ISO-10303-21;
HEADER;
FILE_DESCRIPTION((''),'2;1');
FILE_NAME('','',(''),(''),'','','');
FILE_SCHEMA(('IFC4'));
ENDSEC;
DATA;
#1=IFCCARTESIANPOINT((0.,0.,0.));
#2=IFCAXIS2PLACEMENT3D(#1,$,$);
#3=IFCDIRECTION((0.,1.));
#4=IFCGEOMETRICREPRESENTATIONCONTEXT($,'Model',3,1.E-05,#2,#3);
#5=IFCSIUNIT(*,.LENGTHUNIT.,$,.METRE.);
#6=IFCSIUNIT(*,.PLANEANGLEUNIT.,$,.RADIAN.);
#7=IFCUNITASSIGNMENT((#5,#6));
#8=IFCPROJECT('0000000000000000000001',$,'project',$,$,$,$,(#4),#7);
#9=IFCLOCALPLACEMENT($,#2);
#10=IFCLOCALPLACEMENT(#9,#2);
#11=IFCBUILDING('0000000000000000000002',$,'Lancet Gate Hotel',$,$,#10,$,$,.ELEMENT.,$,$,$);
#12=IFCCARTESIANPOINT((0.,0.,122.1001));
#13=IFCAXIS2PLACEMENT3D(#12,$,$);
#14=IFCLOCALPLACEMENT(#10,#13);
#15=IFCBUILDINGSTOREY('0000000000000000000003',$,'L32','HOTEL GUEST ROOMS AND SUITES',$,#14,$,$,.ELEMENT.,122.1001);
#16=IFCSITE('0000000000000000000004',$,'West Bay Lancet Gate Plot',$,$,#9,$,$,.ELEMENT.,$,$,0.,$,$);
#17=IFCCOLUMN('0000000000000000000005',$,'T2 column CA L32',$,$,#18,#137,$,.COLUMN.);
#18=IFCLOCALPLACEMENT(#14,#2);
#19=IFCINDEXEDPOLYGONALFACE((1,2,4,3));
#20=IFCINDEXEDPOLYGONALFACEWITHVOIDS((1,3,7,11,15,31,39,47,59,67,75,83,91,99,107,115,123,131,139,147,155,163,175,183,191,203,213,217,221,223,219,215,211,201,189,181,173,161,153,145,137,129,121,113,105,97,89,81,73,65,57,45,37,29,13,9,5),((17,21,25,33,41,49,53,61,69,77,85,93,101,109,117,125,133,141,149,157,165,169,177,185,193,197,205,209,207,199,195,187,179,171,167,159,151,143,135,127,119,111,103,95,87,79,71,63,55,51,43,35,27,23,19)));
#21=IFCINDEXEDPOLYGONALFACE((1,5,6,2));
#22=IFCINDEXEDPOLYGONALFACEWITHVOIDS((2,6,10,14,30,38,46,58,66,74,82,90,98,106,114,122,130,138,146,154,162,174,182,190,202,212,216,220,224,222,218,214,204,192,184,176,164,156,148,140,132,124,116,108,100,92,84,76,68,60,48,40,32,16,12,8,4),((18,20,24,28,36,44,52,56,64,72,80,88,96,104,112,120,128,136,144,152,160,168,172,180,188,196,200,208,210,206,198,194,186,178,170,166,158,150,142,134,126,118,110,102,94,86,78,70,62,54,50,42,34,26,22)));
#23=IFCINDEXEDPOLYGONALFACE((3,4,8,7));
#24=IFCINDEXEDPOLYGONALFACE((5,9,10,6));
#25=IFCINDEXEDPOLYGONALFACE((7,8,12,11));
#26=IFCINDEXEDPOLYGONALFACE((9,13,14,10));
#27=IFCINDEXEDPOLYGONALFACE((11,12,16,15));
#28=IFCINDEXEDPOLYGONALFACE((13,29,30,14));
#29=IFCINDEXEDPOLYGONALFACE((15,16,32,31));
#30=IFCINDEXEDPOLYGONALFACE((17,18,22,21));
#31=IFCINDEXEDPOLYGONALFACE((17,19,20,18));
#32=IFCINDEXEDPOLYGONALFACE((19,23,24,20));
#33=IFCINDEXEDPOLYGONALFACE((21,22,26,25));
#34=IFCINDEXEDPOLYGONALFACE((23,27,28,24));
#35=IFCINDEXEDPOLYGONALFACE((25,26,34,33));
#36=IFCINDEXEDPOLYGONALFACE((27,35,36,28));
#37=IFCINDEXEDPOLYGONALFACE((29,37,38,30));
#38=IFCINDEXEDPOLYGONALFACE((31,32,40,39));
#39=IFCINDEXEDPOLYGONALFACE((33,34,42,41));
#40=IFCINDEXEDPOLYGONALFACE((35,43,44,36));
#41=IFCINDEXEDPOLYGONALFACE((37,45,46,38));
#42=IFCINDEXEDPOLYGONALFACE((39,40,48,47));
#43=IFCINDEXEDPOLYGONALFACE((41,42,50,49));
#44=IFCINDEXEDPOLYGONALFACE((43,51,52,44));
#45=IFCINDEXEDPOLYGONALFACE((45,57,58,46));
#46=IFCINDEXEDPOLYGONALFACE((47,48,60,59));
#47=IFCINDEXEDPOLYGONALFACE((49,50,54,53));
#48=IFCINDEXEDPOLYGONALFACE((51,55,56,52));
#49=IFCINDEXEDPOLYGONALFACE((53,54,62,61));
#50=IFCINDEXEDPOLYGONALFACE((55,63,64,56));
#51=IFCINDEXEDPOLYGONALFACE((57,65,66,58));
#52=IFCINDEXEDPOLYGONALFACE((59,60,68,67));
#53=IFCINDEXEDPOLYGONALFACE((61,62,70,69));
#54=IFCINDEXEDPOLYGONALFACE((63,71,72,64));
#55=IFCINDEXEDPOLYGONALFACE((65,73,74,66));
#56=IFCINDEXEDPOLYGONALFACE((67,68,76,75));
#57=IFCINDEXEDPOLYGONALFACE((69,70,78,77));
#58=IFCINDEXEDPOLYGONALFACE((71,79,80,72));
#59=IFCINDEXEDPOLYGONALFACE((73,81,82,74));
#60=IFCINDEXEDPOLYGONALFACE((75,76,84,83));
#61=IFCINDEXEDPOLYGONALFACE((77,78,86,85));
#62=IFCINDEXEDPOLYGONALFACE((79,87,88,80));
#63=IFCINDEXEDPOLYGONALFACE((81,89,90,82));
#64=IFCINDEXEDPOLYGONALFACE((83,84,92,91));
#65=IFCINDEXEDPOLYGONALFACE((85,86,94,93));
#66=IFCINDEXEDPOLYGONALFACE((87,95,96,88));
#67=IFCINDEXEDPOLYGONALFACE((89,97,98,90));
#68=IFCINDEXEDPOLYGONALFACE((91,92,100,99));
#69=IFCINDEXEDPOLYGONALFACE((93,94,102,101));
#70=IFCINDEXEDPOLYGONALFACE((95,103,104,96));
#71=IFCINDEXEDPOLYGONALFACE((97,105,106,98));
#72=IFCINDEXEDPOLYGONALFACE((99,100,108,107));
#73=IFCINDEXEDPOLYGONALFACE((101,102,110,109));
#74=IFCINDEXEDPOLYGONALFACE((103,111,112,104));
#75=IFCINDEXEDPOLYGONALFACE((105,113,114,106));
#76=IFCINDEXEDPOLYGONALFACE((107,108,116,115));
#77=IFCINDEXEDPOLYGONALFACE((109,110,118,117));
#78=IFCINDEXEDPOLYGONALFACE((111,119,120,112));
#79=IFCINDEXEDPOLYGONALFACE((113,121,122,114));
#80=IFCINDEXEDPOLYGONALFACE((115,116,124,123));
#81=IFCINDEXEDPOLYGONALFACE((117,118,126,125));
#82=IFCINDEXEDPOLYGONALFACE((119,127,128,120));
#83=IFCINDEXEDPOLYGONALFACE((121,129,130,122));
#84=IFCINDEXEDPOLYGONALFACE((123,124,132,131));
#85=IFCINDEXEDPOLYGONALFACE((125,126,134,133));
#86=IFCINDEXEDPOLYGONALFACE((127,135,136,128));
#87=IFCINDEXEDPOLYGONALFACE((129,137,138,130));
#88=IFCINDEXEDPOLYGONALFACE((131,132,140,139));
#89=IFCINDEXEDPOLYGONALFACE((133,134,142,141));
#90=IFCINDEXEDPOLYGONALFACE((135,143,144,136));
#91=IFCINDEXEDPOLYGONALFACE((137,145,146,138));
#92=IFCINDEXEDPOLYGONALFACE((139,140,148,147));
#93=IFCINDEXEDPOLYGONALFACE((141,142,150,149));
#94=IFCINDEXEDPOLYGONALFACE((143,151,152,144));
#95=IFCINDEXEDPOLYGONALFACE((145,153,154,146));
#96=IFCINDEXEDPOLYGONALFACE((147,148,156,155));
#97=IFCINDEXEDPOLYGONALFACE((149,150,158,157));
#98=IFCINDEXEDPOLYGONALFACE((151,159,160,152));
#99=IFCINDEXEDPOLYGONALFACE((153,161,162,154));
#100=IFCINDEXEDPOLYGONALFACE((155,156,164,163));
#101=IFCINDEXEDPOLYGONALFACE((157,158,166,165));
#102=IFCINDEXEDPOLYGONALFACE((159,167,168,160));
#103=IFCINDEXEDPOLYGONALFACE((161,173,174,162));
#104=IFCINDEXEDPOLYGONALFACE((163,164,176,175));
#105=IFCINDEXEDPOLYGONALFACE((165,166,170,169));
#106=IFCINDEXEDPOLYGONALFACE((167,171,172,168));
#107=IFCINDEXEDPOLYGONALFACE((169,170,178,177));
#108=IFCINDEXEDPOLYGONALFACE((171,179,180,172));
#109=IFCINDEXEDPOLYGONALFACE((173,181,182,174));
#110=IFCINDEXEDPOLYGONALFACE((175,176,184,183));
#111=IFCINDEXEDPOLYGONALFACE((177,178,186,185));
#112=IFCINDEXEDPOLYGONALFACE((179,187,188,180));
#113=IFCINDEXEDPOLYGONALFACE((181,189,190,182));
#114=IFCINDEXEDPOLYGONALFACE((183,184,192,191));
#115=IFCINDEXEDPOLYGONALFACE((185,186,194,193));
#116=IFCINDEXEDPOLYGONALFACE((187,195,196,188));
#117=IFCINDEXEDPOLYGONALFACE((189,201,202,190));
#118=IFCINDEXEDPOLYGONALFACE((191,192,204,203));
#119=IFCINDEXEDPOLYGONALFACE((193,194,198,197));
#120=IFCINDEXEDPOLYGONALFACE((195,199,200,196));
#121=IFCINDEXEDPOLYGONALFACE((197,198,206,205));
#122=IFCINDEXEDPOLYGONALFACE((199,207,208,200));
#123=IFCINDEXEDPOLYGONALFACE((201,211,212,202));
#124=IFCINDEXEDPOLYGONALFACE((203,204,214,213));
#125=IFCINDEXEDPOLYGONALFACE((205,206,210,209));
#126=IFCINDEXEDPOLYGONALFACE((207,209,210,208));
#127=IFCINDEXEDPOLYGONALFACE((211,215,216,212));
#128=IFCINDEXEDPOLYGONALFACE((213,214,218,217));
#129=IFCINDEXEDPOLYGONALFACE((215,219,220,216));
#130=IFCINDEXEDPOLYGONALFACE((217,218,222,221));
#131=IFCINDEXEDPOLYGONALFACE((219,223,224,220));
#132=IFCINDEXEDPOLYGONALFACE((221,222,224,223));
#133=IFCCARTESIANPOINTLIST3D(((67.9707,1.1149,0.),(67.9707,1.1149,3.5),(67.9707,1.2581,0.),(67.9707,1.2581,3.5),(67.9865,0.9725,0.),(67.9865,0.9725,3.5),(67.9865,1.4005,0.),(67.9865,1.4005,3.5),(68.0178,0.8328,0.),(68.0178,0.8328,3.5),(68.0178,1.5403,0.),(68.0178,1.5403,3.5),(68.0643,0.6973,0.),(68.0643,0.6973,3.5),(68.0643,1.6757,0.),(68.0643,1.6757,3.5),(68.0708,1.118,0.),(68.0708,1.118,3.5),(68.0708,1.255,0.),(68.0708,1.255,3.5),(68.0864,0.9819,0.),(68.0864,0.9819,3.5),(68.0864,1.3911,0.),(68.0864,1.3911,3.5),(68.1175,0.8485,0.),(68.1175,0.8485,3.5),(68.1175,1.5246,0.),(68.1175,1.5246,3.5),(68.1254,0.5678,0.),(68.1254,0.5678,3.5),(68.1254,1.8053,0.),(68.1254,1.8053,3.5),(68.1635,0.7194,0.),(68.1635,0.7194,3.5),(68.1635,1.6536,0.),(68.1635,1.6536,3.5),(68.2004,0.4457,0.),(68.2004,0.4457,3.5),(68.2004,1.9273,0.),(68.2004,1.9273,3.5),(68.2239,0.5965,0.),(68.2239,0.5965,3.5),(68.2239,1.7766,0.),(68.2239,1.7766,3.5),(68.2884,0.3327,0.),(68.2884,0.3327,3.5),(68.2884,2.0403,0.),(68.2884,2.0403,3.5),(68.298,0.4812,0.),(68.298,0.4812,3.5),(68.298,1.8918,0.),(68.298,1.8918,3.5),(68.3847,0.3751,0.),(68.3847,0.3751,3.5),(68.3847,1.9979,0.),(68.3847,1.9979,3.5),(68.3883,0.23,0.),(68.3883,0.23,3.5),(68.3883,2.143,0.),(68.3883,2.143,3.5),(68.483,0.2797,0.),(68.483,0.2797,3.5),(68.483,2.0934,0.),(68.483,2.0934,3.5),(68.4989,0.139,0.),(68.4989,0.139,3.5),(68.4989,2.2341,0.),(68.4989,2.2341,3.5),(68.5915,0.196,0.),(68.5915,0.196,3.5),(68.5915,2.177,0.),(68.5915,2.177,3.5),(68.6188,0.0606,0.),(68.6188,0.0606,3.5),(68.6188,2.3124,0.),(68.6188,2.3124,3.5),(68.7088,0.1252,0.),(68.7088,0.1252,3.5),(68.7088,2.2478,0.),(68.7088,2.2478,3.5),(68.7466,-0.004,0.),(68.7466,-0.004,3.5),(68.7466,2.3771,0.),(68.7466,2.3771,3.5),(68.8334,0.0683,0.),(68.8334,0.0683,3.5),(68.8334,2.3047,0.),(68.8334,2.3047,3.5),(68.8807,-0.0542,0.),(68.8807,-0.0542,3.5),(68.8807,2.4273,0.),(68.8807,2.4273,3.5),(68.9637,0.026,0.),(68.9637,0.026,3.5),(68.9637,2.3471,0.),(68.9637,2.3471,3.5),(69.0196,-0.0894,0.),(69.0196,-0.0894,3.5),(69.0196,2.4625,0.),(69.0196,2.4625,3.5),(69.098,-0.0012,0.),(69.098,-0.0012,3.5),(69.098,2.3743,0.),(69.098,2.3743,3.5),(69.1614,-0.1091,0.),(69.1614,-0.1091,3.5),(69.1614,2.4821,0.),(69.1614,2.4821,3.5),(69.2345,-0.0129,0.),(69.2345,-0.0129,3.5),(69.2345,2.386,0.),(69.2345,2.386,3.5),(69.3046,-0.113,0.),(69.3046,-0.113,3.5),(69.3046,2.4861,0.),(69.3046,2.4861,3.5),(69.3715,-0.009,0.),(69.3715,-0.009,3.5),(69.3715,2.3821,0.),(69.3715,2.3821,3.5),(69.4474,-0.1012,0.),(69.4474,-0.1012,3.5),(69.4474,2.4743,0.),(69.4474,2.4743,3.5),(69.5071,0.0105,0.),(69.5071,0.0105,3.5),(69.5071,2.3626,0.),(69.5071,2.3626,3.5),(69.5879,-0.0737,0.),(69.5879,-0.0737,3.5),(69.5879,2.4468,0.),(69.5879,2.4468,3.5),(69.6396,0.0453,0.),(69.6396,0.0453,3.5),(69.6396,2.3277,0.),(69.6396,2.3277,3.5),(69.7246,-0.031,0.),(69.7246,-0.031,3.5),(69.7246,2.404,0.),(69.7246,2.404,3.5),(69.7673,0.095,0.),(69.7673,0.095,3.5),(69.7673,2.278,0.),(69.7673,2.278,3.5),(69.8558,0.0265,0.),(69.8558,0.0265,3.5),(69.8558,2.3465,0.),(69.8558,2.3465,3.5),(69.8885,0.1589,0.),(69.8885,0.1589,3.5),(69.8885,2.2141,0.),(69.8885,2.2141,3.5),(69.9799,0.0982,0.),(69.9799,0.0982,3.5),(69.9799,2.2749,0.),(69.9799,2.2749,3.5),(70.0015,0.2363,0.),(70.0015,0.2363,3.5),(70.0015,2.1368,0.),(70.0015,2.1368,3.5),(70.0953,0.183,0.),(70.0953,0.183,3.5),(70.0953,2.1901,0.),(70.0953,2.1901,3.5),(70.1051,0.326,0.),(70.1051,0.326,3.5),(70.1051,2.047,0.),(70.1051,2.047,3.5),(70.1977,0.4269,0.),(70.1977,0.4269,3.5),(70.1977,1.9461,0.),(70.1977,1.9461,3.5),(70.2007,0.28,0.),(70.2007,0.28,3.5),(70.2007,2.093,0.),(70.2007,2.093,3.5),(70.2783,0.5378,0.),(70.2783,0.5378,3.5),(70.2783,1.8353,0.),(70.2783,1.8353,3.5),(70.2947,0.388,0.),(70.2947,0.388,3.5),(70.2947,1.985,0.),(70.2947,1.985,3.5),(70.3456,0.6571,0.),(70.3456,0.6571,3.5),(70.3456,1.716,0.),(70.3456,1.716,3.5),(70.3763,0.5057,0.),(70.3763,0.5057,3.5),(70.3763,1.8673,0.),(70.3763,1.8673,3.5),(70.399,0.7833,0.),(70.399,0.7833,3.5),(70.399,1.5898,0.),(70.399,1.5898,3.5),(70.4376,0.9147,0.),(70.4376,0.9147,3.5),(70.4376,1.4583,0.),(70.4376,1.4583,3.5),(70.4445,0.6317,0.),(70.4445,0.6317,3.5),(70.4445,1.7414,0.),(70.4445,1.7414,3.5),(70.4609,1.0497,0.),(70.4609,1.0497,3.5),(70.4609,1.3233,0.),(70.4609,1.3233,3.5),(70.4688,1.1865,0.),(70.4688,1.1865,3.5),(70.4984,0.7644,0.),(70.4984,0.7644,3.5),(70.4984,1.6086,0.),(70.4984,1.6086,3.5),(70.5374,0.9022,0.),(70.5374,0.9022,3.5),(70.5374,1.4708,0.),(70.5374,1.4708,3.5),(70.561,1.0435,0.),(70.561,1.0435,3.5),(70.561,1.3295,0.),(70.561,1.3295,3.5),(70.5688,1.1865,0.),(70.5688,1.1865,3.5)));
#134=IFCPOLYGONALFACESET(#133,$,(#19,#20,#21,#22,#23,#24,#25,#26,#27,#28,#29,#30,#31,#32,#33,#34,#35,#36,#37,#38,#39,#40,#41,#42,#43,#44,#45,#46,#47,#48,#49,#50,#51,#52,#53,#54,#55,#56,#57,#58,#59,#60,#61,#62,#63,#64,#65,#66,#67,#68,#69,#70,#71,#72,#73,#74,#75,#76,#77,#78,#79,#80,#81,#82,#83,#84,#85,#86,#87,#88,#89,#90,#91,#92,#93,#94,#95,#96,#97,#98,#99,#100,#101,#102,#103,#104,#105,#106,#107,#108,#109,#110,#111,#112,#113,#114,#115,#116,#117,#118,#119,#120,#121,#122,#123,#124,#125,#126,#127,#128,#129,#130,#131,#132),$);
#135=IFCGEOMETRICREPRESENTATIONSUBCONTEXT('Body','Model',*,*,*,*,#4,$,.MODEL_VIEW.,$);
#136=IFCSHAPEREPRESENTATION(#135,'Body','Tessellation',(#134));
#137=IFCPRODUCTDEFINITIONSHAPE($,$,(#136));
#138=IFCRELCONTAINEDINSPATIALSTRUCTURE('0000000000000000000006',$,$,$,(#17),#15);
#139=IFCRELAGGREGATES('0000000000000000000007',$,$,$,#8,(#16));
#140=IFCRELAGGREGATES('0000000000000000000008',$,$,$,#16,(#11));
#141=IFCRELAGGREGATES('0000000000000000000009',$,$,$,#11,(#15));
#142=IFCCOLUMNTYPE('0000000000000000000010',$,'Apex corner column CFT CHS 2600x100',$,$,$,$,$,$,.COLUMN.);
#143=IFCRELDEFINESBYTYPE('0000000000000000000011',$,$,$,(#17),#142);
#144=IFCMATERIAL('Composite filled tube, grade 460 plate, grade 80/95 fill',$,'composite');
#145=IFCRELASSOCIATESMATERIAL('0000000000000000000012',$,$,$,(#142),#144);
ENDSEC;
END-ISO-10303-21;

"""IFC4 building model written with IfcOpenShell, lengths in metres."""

from ifc_helpers import new_model, si_unit, direction, frame, origin, origin_2d, place, context, subcontext, project, spatial, hollow_circle, extrude, material, material_profile, profile_set, type_object, element, save


model = new_model("IFC4")

# Units and contexts
model_context = context("Model", 3, precision=1e-05, world=origin(), true_north=direction((0.0, 1.0)))
body_context = subcontext(model_context, "Body", "Model", "MODEL_VIEW")
ifc_project = project(units=[si_unit("LENGTHUNIT", "METRE"), si_unit("PLANEANGLEUNIT", "RADIAN")], contexts=[model_context])

# Site, building, storey
site_placement = place(None, origin())
site = spatial("IfcSite", under=ifc_project, at=site_placement, Name="West Bay Lancet Gate Plot", CompositionType="ELEMENT", RefElevation=0.0)
building_placement = place(site_placement, origin())
building = spatial("IfcBuilding", under=site, at=building_placement, Name="Lancet Gate Hotel", CompositionType="ELEMENT")
storey_placement = place(building_placement, frame((0.0, 0.0, 122.1001)))
storey = spatial("IfcBuildingStorey", under=building, at=storey_placement, Name="L32", Description="HOTEL GUEST ROOMS AND SUITES", CompositionType="ELEMENT", Elevation=122.1001)

# Column
ifc_material_1 = material(Name="Composite filled tube, grade 460 plate, grade 80/95 fill", Category="composite")
ifc_material_profile_1 = material_profile(ifc_material_1, hollow_circle(Radius=1.3, WallThickness=0.1001, at=origin_2d()), Name="CHS 2600x100")
ifc_profile_set_1 = profile_set([ifc_material_profile_1], Name="Composite filled tube, grade 460 plate, grade 80/95 fill")
column_type_1 = type_object("IfcColumnType", Name="Apex corner column CFT CHS 2600x100", PredefinedType="COLUMN", material=ifc_profile_set_1)
column_1_placement = place(storey_placement, frame((69.2688, 1.1865, 0.0), z_axis=(0.0, 0.0, 1.0), x_axis=(1.0, 0.0, 0.0)))
element("IfcColumn", 1, at=column_1_placement, inside=storey, type_object=column_type_1, Name="T2 column CA L32", PredefinedType="COLUMN", context=body_context, shape_type="SweptSolid", body=[
    extrude(hollow_circle(Radius=1.3, WallThickness=0.1001, at=origin_2d()), origin(), (0.0, 0.0, 1.0), 3.5),
])

save(model, "model.ifc")
